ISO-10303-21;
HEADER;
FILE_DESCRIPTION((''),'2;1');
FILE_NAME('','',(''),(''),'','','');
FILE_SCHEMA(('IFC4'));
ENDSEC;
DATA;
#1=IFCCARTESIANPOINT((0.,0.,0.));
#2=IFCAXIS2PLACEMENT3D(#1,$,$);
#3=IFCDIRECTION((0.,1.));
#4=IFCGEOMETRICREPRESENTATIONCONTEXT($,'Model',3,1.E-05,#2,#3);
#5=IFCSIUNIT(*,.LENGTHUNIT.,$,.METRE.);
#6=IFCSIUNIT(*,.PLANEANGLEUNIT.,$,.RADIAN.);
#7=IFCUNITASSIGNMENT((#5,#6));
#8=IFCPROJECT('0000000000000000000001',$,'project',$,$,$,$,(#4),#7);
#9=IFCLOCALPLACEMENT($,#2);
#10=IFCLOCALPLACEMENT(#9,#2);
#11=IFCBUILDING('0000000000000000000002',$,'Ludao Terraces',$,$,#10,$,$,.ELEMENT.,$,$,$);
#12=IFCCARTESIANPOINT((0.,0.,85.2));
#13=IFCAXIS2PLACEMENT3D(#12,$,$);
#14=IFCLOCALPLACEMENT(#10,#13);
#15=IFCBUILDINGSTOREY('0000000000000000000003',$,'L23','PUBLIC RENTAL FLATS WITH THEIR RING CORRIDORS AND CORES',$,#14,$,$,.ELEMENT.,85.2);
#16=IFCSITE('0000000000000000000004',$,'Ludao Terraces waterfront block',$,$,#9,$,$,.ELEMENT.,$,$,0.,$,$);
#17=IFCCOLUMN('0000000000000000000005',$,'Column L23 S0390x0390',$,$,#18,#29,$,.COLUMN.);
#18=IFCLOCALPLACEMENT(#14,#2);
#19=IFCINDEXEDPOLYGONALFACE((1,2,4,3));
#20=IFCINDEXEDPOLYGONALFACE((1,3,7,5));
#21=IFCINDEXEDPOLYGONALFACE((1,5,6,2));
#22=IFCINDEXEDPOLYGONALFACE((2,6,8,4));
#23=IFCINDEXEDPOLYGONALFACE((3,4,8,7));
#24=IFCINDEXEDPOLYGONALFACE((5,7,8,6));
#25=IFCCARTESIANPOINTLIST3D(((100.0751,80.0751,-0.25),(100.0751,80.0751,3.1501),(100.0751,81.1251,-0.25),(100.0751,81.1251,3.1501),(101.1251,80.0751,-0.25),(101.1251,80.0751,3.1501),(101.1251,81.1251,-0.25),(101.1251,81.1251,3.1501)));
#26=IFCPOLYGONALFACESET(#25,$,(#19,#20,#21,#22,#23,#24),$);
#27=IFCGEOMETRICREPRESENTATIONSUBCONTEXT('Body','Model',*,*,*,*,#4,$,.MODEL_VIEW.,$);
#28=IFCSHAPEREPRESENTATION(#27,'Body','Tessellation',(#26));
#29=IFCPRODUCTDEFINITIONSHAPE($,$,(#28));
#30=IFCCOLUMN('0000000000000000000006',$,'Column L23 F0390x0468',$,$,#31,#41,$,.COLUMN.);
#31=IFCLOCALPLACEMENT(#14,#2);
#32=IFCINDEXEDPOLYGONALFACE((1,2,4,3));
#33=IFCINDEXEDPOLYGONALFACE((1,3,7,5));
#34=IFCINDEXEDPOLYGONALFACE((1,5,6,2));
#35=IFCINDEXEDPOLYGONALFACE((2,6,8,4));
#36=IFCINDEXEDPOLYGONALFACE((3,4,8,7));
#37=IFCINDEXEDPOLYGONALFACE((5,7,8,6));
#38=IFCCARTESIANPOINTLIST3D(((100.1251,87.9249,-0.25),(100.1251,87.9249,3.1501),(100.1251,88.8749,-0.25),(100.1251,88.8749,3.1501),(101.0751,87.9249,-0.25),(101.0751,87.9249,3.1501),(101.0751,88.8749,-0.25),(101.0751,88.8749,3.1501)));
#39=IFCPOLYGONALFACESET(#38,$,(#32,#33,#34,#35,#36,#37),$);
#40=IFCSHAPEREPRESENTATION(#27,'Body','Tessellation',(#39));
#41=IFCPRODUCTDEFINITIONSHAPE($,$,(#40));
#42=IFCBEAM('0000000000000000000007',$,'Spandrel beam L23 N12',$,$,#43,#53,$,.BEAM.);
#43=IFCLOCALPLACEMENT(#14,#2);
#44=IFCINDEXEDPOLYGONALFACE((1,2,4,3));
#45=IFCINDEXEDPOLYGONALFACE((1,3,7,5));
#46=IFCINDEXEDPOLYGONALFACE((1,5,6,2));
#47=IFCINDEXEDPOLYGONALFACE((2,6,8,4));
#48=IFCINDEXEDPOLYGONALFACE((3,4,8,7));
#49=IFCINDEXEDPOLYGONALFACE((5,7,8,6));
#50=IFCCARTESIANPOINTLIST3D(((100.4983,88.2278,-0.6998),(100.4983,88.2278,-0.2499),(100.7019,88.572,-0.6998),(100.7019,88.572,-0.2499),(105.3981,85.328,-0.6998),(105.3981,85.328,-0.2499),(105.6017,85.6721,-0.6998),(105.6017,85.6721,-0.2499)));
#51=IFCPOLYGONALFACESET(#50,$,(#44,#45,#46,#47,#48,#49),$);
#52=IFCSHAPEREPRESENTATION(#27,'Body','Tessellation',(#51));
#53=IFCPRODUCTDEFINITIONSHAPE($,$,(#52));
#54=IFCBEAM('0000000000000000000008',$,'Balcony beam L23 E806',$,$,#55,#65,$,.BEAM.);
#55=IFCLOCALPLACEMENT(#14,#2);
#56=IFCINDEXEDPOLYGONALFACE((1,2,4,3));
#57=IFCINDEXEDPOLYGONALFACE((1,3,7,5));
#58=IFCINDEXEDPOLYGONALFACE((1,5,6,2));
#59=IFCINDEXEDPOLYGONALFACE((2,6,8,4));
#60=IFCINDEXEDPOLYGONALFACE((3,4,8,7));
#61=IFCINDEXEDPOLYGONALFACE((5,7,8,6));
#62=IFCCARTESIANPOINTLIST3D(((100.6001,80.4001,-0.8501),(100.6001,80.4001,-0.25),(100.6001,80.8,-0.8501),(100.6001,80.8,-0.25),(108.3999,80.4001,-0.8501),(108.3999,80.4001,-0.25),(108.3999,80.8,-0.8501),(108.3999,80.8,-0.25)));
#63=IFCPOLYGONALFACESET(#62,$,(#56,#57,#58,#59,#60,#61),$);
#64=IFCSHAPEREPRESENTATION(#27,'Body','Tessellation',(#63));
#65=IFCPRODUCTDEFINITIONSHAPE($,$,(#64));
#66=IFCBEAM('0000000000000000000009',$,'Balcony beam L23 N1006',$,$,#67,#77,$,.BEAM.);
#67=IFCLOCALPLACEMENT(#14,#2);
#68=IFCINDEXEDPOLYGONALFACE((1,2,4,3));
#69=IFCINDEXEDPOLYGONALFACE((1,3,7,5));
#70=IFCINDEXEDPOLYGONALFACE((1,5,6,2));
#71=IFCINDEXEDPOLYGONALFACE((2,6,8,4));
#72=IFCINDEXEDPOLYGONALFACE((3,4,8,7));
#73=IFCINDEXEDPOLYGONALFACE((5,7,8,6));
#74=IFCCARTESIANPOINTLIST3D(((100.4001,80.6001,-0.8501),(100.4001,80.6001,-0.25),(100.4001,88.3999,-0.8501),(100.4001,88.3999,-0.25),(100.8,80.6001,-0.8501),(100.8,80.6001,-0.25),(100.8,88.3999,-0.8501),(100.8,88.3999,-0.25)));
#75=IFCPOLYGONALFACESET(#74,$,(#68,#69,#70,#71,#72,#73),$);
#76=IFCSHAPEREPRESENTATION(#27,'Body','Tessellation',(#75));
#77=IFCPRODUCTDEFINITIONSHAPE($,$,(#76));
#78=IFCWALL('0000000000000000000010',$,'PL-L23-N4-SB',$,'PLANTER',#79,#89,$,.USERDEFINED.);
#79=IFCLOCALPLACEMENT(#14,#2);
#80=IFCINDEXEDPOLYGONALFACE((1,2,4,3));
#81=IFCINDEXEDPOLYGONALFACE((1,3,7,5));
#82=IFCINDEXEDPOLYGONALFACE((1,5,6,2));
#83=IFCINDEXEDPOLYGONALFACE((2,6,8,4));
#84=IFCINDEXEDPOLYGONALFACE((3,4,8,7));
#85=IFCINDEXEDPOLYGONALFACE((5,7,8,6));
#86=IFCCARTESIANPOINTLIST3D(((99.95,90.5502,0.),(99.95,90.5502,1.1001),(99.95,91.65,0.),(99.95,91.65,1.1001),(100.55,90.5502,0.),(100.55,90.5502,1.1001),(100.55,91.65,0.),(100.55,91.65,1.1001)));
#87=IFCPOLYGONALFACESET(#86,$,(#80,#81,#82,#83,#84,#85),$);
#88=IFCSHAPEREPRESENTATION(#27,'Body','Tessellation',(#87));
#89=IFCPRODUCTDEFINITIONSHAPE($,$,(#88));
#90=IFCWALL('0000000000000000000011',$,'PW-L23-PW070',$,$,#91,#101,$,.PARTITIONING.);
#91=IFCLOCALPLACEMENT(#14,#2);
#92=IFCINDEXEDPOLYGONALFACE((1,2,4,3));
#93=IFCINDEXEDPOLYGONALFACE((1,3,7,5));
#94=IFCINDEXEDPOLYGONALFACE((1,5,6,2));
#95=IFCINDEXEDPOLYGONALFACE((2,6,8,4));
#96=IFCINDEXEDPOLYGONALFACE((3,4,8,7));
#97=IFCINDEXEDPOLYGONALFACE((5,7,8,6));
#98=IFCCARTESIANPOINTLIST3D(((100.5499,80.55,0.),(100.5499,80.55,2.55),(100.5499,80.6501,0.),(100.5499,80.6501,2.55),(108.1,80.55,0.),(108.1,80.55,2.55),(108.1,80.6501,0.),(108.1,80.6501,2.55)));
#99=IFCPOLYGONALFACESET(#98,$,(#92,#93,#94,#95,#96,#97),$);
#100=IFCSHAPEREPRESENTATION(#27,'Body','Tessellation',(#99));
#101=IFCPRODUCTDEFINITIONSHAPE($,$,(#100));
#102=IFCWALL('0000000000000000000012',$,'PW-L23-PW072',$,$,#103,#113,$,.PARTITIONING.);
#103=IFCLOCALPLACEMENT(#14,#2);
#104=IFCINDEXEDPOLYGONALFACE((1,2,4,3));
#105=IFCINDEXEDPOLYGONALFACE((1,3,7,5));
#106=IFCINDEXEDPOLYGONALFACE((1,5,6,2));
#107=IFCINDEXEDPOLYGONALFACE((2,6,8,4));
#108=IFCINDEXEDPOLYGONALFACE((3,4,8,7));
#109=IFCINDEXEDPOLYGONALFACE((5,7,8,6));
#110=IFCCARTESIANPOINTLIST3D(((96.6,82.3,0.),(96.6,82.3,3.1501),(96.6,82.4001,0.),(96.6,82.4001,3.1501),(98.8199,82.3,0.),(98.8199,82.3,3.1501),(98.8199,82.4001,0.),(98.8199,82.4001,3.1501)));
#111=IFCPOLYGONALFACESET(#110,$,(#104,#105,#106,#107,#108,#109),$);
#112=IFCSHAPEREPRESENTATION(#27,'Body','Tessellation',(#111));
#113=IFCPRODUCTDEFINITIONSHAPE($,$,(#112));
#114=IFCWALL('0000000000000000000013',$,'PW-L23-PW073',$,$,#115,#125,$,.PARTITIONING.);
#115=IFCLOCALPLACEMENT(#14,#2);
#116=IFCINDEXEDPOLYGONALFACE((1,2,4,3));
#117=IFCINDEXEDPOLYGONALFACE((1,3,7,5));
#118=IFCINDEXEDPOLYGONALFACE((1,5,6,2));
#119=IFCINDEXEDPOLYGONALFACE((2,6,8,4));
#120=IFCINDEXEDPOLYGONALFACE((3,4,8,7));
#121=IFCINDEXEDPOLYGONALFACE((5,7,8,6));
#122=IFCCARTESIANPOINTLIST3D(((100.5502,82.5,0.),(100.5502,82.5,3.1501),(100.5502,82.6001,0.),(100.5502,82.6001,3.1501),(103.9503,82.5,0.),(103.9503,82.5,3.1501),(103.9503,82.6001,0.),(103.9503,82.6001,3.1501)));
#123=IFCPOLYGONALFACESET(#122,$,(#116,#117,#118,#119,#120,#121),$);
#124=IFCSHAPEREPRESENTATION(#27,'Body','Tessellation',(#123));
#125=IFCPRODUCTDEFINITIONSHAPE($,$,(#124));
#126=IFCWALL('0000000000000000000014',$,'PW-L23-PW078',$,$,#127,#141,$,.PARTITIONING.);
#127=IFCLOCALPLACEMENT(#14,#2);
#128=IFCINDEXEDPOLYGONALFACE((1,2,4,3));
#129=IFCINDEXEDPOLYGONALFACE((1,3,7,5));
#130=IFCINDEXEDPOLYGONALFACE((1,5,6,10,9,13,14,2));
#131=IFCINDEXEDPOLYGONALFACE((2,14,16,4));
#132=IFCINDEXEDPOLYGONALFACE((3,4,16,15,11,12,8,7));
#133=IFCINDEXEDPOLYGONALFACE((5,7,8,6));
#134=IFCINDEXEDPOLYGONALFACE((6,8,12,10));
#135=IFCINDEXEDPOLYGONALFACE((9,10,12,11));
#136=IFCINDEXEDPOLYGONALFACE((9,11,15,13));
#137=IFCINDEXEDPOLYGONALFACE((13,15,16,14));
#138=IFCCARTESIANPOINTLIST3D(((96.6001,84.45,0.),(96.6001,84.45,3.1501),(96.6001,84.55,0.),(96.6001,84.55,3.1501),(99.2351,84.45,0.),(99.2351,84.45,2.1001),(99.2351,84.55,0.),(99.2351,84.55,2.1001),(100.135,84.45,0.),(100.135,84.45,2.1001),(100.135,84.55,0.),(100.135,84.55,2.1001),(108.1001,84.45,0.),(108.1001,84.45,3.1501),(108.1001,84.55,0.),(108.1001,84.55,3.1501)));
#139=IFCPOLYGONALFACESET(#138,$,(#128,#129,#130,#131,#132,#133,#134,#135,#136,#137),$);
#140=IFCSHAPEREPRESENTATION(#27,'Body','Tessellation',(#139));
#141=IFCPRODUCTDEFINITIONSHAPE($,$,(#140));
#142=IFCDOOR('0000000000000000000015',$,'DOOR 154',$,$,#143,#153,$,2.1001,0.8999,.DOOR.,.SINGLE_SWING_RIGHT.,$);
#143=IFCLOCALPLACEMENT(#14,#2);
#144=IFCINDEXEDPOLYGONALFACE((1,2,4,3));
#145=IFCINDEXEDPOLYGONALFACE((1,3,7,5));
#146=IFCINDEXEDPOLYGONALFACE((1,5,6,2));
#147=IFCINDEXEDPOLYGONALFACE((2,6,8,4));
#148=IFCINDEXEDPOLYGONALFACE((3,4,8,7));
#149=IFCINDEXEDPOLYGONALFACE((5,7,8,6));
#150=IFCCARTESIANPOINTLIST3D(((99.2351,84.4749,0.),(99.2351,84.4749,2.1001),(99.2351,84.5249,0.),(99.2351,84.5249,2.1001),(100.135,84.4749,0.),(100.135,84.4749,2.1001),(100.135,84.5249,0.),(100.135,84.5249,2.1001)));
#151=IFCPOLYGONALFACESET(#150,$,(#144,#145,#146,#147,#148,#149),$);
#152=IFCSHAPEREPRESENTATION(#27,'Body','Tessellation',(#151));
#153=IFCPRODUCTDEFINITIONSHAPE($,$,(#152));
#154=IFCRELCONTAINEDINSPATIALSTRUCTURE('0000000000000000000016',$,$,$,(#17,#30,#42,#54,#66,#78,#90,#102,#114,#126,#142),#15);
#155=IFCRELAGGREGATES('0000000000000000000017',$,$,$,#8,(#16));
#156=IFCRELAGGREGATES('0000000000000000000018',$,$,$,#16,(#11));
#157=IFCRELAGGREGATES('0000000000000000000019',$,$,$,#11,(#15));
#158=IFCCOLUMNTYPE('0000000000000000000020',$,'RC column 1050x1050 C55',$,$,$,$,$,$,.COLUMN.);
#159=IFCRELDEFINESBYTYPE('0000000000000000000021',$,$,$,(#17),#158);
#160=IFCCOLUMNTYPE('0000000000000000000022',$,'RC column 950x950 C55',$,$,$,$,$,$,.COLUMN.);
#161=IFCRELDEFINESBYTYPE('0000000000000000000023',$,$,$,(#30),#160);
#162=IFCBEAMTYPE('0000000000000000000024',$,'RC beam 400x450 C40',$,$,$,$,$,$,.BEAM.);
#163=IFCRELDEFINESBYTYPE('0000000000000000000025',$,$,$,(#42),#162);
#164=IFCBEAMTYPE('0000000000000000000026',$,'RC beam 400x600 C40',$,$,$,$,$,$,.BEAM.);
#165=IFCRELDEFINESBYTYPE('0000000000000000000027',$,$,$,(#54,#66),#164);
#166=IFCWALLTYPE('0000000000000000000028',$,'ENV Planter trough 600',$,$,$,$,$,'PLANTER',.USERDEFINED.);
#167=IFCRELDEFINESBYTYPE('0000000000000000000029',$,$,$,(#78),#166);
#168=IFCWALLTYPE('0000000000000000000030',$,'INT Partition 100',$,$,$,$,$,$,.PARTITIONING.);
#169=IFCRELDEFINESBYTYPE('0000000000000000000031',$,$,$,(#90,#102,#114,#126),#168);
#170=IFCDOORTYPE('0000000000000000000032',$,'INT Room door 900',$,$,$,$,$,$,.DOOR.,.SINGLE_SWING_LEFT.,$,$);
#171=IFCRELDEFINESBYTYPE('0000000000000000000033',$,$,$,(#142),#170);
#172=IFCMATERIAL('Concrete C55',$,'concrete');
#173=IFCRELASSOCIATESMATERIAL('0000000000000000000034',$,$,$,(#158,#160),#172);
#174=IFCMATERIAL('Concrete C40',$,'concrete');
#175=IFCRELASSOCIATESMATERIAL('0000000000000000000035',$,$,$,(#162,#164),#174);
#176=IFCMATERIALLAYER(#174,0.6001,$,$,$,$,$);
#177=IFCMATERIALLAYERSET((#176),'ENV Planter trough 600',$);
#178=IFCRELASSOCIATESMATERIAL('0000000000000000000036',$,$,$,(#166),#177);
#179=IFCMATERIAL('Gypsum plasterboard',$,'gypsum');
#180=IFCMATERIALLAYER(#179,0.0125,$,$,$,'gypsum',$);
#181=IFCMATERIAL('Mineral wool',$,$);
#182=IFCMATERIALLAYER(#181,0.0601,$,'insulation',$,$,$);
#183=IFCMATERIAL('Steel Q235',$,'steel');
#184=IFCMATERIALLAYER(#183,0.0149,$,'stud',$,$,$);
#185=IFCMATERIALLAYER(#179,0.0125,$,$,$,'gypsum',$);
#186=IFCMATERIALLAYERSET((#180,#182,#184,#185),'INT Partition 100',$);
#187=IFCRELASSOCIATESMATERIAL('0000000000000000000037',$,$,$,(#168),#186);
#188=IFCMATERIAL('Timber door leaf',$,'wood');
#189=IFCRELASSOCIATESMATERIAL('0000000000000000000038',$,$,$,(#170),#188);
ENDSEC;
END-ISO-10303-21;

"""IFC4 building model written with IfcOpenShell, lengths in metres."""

from ifc_helpers import new_model, si_unit, direction, frame, frame_2d, origin, origin_2d, place, context, subcontext, project, spatial, rectangle, extrude, material, layer, layer_set, material_profile, profile_set, type_object, element, fill, save


model = new_model("IFC4")

# Units and contexts
model_context = context("Model", 3, precision=1e-05, world=origin(), true_north=direction((0.0, 1.0)))
body_context = subcontext(model_context, "Body", "Model", "MODEL_VIEW")
ifc_project = project(units=[si_unit("LENGTHUNIT", "METRE"), si_unit("PLANEANGLEUNIT", "RADIAN")], contexts=[model_context])

# Site, building, storey
site_placement = place(None, origin())
site = spatial("IfcSite", under=ifc_project, at=site_placement, Name="Ludao Terraces waterfront block", CompositionType="ELEMENT", RefElevation=0.0)
building_placement = place(site_placement, origin())
building = spatial("IfcBuilding", under=site, at=building_placement, Name="Ludao Terraces", CompositionType="ELEMENT")
storey_placement = place(building_placement, frame((0.0, 0.0, 85.2)))
storey = spatial("IfcBuildingStorey", under=building, at=storey_placement, Name="L23", Description="PUBLIC RENTAL FLATS WITH THEIR RING CORRIDORS AND CORES", CompositionType="ELEMENT", Elevation=85.2)

# Columns
ifc_material_1 = material(Name="Concrete C55", Category="concrete")
ifc_material_profile_1 = material_profile(ifc_material_1, rectangle(XDim=1.05, YDim=1.05, at=origin_2d()), Name="1050 X 1050")
ifc_profile_set_1 = profile_set([ifc_material_profile_1], Name="Concrete C55")
column_type_1 = type_object("IfcColumnType", Name="RC column 1050x1050 C55", PredefinedType="COLUMN", material=ifc_profile_set_1)
column_1_placement = place(storey_placement, frame((100.6001, 80.6001, -0.25), z_axis=(0.0, 0.0, 1.0), x_axis=(1.0, 0.0, 0.0)))
element("IfcColumn", 1, at=column_1_placement, inside=storey, type_object=column_type_1, Name="Column L23 S0390x0390", PredefinedType="COLUMN", context=body_context, shape_type="SweptSolid", body=[
    extrude(rectangle(XDim=1.05, YDim=1.05, at=origin_2d()), origin(), (0.0, 0.0, 1.0), 3.4001),
])
ifc_material_profile_2 = material_profile(ifc_material_1, rectangle(XDim=0.95, YDim=0.95, at=origin_2d()), Name="950 X 950")
ifc_profile_set_2 = profile_set([ifc_material_profile_2], Name="Concrete C55")
column_type_2 = type_object("IfcColumnType", Name="RC column 950x950 C55", PredefinedType="COLUMN", material=ifc_profile_set_2)
column_2_placement = place(storey_placement, frame((100.6001, 88.3999, -0.25), z_axis=(0.0, 0.0, 1.0), x_axis=(1.0, 0.0, 0.0)))
element("IfcColumn", 2, at=column_2_placement, inside=storey, type_object=column_type_2, Name="Column L23 F0390x0468", PredefinedType="COLUMN", context=body_context, shape_type="SweptSolid", body=[
    extrude(rectangle(XDim=0.95, YDim=0.95, at=origin_2d()), origin(), (0.0, 0.0, 1.0), 3.4001),
])

# Beams
ifc_material_2 = material(Name="Concrete C40", Category="concrete")
ifc_material_profile_3 = material_profile(ifc_material_2, rectangle(XDim=0.3999, YDim=0.45, at=origin_2d()), Name="400 X 450")
ifc_profile_set_3 = profile_set([ifc_material_profile_3], Name="Concrete C40")
beam_type_1 = type_object("IfcBeamType", Name="RC beam 400x450 C40", PredefinedType="BEAM", material=ifc_profile_set_3)
beam_placement = place(storey_placement, frame((100.6001, 88.3999, -0.4749), z_axis=(0.86058, -0.509316, 0.0), x_axis=(0.509316, 0.86058, 0.0)))
element("IfcBeam", 3, at=beam_placement, inside=storey, type_object=beam_type_1, Name="Spandrel beam L23 N12", PredefinedType="BEAM", context=body_context, shape_type="SweptSolid", body=[
    extrude(rectangle(XDim=0.3999, YDim=0.45, at=origin_2d()), origin(), (0.0, 0.0, 1.0), 5.6936),
])
ifc_material_profile_4 = material_profile(ifc_material_2, rectangle(XDim=0.3999, YDim=0.6001, at=origin_2d()), Name="400 X 600")
ifc_profile_set_4 = profile_set([ifc_material_profile_4], Name="Concrete C40")
beam_type_2 = type_object("IfcBeamType", Name="RC beam 400x600 C40", PredefinedType="BEAM", material=ifc_profile_set_4)
for number, where, z_axis, x_axis, name in (
    (4, (100.6001, 80.6001, -0.55), (1.0, 0.0, 0.0), (0.0, 1.0, 0.0), "Balcony beam L23 E806"),
    (5, (100.6001, 80.6001, -0.55), (0.0, 1.0, 0.0), (-1.0, 0.0, 0.0), "Balcony beam L23 N1006"),
):
    element("IfcBeam", number, at=place(storey_placement, frame(where, z_axis=z_axis, x_axis=x_axis)), inside=storey, type_object=beam_type_2, Name=name, PredefinedType="BEAM", context=body_context, shape_type="SweptSolid", body=[
        extrude(rectangle(XDim=0.3999, YDim=0.6001, at=origin_2d()), origin(), (0.0, 0.0, 1.0), 7.7998),
    ])

# Walls
ifc_layer_1 = layer(ifc_material_2, 0.6001)
ifc_layer_set_1 = layer_set([ifc_layer_1], Name="ENV Planter trough 600")
wall_type_1 = type_object("IfcWallType", Name="ENV Planter trough 600", ElementType="PLANTER", PredefinedType="USERDEFINED", material=ifc_layer_set_1)
wall_1_placement = place(storey_placement, frame((100.25, 91.6499, 0.0), z_axis=(0.0, 0.0, 1.0), x_axis=(0.0, -1.0, 0.0)))
element("IfcWall", 6, at=wall_1_placement, inside=storey, type_object=wall_type_1, Name="PL-L23-N4-SB", ObjectType="PLANTER", PredefinedType="USERDEFINED", context=body_context, shape_type="SweptSolid", body=[
    extrude(rectangle(XDim=1.0999, YDim=0.6001, at=frame_2d((0.5498, 0.0))), origin(), (0.0, 0.0, 1.0), 1.1001),
])
ifc_material_3 = material(Name="Gypsum plasterboard", Category="gypsum")
ifc_layer_2 = layer(ifc_material_3, 0.0125, Category="gypsum")
ifc_material_4 = material(Name="Mineral wool")
ifc_layer_3 = layer(ifc_material_4, 0.0601, Name="insulation")
ifc_material_5 = material(Name="Steel Q235", Category="steel")
ifc_layer_4 = layer(ifc_material_5, 0.0149, Name="stud")
ifc_layer_5 = layer(ifc_material_3, 0.0125, Category="gypsum")
ifc_layer_set_2 = layer_set([ifc_layer_2, ifc_layer_3, ifc_layer_4, ifc_layer_5], Name="INT Partition 100")
wall_type_2 = type_object("IfcWallType", Name="INT Partition 100", PredefinedType="PARTITIONING", material=ifc_layer_set_2)
wall_2_placement = place(storey_placement, frame((100.55, 80.6001, 0.0), z_axis=(0.0, 0.0, 1.0), x_axis=(1.0, 0.0, 0.0)))
element("IfcWall", 7, at=wall_2_placement, inside=storey, type_object=wall_type_2, Name="PW-L23-PW070", PredefinedType="PARTITIONING", context=body_context, shape_type="SweptSolid", body=[
    extrude(rectangle(XDim=7.55, YDim=0.1001, at=frame_2d((3.7749, 0.0))), origin(), (0.0, 0.0, 1.0), 2.55),
])
wall_3_placement = place(storey_placement, frame((96.6001, 82.3501, 0.0), z_axis=(0.0, 0.0, 1.0), x_axis=(1.0, 0.0, 0.0)))
element("IfcWall", 8, at=wall_3_placement, inside=storey, type_object=wall_type_2, Name="PW-L23-PW072", PredefinedType="PARTITIONING", context=body_context, shape_type="SweptSolid", body=[
    extrude(rectangle(XDim=2.22, YDim=0.1001, at=frame_2d((1.1099, 0.0))), origin(), (0.0, 0.0, 1.0), 3.1501),
])
wall_4_placement = place(storey_placement, frame((100.55, 82.55, 0.0), z_axis=(0.0, 0.0, 1.0), x_axis=(1.0, 0.0, 0.0)))
element("IfcWall", 9, at=wall_4_placement, inside=storey, type_object=wall_type_2, Name="PW-L23-PW073", PredefinedType="PARTITIONING", context=body_context, shape_type="SweptSolid", body=[
    extrude(rectangle(XDim=3.4001, YDim=0.1001, at=frame_2d((1.7002, 0.0))), origin(), (0.0, 0.0, 1.0), 3.1501),
])

# Wall, opening, door
wall_5_placement = place(storey_placement, frame((96.6001, 84.5, 0.0), z_axis=(0.0, 0.0, 1.0), x_axis=(1.0, 0.0, 0.0)))
wall_5 = element("IfcWall", 10, at=wall_5_placement, inside=storey, type_object=wall_type_2, Name="PW-L23-PW078", PredefinedType="PARTITIONING", context=body_context, shape_type="SweptSolid", body=[
    extrude(rectangle(XDim=11.5, YDim=0.1001, at=frame_2d((5.75, 0.0))), origin(), (0.0, 0.0, 1.0), 3.1501),
])
opening_1_placement = place(wall_5_placement, frame((2.635, 0.0, 0.0)))
opening_1 = element("IfcOpeningElement", 11, at=opening_1_placement, cuts=wall_5, PredefinedType="OPENING", context=body_context, shape_type="SweptSolid", body=[
    extrude(rectangle(XDim=0.8999, YDim=2.1001, at=frame_2d((0.45, 1.05))), frame((0.0, 0.0601, 0.0), z_axis=(0.0, -1.0, 0.0), x_axis=(1.0, 0.0, 0.0)), (0.0, 0.0, 1.0), 0.1201),
])
ifc_material_6 = material(Name="Timber door leaf", Category="wood")
door_type = type_object("IfcDoorType", Name="INT Room door 900", OperationType="SINGLE_SWING_LEFT", PredefinedType="DOOR", material=ifc_material_6)
door_1_placement = place(opening_1_placement, origin())
door_1 = element("IfcDoor", 12, at=door_1_placement, inside=storey, type_object=door_type, Name="DOOR 154", OperationType="SINGLE_SWING_RIGHT", OverallHeight=2.1001, OverallWidth=0.8999, PredefinedType="DOOR", context=body_context, shape_type="SweptSolid", body=[
    extrude(rectangle(XDim=0.8999, YDim=2.1001, at=frame_2d((0.45, 1.05))), frame((0.0, 0.0249, 0.0), z_axis=(0.0, -1.0, 0.0), x_axis=(1.0, 0.0, 0.0)), (0.0, 0.0, 1.0), 0.05),
])
fill(opening_1, door_1)

save(model, "model.ifc")
